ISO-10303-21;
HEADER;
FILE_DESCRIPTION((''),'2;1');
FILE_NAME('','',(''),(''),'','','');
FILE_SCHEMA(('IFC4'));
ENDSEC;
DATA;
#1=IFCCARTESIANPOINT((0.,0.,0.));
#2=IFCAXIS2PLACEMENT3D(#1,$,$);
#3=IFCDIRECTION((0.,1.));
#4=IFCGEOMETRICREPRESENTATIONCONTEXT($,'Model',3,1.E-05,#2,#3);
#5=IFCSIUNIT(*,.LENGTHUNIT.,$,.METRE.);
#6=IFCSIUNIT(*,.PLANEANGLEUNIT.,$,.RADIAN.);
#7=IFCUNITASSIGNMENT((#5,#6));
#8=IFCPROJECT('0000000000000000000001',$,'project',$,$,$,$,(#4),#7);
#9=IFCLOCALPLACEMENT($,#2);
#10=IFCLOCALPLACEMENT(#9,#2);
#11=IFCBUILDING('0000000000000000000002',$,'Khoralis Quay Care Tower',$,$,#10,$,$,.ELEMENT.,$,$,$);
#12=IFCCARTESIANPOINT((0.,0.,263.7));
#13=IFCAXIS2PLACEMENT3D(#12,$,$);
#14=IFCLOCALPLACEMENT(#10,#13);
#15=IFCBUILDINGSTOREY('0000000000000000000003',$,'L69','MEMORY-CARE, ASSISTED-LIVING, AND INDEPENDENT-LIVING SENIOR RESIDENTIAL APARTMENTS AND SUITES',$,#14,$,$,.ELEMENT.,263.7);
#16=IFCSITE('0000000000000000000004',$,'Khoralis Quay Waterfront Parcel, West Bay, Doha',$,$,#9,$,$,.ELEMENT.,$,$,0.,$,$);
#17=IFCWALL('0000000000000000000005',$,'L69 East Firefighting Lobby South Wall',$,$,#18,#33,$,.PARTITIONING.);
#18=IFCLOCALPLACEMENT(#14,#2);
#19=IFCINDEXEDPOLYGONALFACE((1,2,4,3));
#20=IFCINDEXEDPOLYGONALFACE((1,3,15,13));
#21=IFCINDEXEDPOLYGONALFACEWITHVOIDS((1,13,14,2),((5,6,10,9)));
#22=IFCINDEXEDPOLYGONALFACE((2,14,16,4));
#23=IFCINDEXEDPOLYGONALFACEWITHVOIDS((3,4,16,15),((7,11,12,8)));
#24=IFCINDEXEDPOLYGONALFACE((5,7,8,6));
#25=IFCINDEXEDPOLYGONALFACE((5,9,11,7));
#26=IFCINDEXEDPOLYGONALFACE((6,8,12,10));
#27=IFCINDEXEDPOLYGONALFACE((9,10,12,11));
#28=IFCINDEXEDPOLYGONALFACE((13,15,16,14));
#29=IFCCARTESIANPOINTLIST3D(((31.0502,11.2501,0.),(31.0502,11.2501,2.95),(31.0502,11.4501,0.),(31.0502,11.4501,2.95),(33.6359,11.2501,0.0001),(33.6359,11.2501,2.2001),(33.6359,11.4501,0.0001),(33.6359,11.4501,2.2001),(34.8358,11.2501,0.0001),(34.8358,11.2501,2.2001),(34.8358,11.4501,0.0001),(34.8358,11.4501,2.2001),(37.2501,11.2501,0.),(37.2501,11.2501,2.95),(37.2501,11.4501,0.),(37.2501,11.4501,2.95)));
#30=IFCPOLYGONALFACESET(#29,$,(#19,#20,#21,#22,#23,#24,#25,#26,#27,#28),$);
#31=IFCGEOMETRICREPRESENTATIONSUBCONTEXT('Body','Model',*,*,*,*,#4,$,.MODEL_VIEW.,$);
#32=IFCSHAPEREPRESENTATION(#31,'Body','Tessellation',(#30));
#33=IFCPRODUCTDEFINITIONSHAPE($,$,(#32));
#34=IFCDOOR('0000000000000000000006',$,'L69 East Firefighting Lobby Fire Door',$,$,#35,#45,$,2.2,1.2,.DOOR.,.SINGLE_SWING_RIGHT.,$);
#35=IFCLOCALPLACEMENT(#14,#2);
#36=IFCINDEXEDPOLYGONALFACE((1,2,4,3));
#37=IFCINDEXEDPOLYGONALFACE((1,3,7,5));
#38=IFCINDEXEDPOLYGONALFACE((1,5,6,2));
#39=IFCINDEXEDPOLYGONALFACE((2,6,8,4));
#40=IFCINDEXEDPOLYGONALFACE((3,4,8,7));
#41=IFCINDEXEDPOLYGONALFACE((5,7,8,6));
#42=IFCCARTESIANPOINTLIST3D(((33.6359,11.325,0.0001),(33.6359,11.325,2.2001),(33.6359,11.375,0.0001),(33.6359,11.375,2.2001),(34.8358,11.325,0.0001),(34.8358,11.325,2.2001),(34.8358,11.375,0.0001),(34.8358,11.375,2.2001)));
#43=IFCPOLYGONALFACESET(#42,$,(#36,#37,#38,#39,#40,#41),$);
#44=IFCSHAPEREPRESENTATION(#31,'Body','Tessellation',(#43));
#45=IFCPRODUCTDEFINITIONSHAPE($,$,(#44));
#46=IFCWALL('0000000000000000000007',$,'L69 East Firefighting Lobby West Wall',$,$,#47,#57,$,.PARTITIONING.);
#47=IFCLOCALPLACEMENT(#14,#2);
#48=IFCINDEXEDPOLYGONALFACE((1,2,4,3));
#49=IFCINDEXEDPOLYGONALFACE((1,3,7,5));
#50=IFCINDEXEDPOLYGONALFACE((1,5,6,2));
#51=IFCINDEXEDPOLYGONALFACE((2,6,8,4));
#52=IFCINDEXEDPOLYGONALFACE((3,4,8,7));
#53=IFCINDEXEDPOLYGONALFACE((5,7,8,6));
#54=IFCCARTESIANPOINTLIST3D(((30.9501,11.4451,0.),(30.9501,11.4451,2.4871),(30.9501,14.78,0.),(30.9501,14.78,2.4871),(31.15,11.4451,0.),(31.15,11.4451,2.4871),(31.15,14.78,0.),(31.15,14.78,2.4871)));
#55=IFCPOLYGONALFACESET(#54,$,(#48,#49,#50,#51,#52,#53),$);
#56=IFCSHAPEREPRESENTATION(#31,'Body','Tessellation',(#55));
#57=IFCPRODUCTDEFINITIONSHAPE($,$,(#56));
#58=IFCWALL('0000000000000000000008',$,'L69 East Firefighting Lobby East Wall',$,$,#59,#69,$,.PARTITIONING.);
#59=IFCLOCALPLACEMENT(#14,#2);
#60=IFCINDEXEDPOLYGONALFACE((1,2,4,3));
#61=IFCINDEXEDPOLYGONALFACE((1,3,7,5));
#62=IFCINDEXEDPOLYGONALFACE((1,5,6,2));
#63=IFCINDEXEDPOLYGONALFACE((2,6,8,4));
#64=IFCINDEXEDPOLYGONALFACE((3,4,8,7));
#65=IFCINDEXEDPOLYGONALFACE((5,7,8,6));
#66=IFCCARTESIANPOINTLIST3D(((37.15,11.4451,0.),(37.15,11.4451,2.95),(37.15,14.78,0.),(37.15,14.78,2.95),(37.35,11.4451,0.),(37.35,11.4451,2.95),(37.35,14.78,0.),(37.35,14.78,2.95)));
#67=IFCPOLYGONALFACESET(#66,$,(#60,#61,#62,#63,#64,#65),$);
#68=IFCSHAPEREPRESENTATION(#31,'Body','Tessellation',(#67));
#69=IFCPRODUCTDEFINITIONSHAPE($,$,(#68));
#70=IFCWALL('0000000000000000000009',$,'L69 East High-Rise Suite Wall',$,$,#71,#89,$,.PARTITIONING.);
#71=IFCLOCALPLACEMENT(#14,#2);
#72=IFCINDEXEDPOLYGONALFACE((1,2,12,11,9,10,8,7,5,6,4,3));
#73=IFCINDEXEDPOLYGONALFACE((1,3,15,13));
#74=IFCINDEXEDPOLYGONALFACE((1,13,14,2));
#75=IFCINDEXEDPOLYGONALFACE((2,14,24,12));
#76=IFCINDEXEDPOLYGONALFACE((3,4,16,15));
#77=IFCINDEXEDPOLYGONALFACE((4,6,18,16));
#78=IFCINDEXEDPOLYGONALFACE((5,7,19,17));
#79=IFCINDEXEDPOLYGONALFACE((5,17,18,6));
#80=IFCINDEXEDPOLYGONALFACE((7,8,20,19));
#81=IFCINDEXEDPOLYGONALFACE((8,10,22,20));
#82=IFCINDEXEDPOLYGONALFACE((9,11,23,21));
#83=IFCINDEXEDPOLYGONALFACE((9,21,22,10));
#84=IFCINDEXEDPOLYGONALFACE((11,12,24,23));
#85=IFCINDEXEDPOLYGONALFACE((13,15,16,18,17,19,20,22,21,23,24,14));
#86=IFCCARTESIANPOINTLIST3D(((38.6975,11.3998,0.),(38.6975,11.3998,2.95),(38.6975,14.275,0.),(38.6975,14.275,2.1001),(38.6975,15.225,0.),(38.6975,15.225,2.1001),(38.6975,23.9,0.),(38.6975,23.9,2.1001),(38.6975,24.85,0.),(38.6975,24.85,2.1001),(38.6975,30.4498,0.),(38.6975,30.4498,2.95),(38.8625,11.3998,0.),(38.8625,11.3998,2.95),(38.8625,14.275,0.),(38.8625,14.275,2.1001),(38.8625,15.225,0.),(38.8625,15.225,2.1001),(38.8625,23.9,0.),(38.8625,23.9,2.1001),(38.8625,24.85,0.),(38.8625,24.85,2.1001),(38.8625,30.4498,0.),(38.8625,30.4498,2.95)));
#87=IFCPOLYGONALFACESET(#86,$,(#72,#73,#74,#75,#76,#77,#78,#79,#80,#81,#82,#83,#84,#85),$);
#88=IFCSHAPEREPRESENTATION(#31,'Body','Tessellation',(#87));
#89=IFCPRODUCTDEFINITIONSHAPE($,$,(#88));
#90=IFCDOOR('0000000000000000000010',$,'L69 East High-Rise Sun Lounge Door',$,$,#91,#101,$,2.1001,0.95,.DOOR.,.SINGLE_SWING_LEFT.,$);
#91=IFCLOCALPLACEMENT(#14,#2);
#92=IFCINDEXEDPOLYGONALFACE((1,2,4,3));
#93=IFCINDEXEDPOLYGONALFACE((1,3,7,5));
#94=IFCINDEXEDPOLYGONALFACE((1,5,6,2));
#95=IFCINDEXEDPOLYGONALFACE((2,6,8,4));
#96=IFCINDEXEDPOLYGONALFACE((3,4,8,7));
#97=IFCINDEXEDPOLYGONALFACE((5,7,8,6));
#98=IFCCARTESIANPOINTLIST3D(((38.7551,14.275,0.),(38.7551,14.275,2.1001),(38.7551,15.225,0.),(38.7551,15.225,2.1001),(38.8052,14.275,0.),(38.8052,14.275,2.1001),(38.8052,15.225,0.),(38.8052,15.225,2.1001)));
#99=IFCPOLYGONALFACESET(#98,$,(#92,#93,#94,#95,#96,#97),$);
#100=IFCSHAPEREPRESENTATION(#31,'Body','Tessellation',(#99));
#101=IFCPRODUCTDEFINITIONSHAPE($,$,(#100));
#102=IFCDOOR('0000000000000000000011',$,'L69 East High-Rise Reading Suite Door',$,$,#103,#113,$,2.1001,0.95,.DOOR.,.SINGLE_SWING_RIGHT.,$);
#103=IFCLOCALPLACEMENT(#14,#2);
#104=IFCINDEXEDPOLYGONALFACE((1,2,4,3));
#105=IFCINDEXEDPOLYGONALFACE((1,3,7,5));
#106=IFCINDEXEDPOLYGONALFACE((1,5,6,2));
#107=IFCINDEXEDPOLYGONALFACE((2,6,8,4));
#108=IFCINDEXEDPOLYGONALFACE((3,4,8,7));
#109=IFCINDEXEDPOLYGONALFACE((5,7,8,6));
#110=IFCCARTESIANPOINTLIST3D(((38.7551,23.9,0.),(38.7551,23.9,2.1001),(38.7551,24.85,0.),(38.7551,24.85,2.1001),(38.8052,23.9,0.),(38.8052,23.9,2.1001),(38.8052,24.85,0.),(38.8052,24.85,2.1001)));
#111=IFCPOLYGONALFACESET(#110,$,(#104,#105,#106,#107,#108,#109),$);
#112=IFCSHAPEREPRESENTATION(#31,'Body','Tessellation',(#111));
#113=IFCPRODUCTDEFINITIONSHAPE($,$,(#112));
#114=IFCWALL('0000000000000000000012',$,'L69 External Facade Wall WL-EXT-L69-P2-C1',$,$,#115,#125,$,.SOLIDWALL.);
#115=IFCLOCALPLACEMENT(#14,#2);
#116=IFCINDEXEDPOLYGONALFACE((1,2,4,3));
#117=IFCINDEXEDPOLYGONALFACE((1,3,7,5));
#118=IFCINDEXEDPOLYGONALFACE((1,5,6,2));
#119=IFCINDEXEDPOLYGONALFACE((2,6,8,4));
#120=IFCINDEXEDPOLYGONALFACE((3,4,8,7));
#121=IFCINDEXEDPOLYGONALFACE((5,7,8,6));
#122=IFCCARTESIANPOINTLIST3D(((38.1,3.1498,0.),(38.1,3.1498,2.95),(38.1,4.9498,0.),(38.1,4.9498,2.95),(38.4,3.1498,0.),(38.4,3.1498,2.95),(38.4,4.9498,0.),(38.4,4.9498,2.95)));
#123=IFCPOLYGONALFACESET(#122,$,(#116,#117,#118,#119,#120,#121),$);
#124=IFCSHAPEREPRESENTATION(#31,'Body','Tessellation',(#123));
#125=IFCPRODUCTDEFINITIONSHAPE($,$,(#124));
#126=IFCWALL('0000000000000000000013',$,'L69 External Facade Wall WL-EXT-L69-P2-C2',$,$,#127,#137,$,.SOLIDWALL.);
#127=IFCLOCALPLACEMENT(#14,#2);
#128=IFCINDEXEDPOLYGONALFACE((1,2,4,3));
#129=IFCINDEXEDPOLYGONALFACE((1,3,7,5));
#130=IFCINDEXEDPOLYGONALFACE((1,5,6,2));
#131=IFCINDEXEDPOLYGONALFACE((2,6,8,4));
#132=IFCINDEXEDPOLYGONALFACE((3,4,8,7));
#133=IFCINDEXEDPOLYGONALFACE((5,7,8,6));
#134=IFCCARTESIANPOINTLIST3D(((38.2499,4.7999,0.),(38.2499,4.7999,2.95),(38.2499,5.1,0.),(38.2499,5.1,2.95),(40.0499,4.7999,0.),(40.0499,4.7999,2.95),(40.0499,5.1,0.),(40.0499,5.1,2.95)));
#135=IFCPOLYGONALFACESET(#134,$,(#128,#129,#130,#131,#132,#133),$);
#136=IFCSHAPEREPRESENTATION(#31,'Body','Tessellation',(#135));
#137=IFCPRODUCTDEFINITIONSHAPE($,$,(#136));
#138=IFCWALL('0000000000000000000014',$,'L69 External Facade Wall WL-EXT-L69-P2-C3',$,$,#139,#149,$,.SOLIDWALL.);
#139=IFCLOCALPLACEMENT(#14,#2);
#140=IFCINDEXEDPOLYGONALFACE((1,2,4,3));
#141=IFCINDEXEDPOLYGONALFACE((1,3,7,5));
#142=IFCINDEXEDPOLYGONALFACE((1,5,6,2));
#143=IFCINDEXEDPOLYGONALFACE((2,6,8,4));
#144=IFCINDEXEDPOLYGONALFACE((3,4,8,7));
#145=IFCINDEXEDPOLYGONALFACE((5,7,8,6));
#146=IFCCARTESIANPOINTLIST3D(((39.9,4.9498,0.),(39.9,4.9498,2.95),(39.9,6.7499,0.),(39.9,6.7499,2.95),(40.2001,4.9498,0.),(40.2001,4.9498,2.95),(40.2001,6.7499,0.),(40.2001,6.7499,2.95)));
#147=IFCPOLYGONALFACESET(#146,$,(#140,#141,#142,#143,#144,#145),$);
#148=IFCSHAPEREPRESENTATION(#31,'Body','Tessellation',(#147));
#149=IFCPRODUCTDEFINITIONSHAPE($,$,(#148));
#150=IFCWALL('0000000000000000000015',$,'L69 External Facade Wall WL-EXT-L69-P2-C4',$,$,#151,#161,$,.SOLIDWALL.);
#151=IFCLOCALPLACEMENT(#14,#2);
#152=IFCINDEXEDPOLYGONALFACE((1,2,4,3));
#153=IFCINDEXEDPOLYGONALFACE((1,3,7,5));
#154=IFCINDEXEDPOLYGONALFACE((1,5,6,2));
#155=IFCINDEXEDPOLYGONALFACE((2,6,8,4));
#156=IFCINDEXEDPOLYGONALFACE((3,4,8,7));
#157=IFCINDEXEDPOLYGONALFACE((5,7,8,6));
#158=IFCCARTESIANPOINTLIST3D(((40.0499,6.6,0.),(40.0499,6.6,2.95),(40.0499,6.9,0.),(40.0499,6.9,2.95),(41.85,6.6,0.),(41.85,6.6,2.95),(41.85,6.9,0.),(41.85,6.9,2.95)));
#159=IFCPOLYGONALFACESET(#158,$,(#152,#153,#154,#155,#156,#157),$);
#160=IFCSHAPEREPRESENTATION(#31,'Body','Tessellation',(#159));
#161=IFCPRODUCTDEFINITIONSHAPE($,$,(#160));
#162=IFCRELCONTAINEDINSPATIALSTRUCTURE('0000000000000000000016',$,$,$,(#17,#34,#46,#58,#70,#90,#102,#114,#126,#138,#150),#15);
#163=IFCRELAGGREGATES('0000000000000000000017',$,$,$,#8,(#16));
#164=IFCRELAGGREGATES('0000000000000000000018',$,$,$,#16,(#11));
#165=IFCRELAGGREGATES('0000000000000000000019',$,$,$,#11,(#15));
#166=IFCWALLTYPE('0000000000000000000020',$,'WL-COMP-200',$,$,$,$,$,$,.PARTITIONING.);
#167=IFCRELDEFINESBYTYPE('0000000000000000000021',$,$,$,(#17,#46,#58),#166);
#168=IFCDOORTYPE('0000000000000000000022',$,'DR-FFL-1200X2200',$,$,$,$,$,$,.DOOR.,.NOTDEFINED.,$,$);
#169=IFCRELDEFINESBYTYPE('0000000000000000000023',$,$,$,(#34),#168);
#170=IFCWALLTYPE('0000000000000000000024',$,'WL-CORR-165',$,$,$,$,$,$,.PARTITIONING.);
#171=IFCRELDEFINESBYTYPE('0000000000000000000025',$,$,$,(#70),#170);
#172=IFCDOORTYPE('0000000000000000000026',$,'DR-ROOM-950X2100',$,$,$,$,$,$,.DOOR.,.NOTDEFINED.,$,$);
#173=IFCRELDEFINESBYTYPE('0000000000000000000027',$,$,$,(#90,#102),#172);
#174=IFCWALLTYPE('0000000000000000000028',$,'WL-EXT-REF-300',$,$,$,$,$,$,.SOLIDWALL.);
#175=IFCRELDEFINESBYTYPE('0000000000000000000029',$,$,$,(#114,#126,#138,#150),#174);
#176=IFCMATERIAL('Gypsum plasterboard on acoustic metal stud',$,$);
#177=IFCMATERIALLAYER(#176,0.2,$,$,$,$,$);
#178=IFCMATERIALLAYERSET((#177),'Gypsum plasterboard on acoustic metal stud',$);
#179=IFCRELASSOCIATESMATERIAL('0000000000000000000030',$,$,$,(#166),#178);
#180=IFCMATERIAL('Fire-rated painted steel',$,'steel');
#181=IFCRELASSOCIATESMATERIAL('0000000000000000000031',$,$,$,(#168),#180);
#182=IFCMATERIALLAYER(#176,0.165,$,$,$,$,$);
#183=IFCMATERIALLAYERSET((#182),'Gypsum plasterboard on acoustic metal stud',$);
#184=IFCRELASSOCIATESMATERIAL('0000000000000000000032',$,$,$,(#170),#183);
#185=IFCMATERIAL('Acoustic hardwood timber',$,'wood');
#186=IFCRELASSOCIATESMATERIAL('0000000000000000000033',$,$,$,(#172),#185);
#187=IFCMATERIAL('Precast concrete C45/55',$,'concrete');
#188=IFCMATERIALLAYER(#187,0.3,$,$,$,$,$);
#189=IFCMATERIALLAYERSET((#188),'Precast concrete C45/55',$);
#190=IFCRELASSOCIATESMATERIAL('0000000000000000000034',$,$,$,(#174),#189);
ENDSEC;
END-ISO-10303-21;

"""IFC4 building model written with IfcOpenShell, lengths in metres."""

from ifc_helpers import new_model, si_unit, direction, frame, frame_2d, origin, place, context, subcontext, project, spatial, rectangle, extrude, source, transform, mapped, material, layer, layer_set, type_object, element, fill, save


model = new_model("IFC4")

# Units and contexts
model_context = context("Model", 3, precision=1e-05, world=origin(), true_north=direction((0.0, 1.0)))
body_context = subcontext(model_context, "Body", "Model", "MODEL_VIEW")
ifc_project = project(units=[si_unit("LENGTHUNIT", "METRE"), si_unit("PLANEANGLEUNIT", "RADIAN")], contexts=[model_context])

# Site, building, storey
site_placement = place(None, origin())
site = spatial("IfcSite", under=ifc_project, at=site_placement, Name="Khoralis Quay Waterfront Parcel, West Bay, Doha", CompositionType="ELEMENT", RefElevation=0.0)
building_placement = place(site_placement, origin())
building = spatial("IfcBuilding", under=site, at=building_placement, Name="Khoralis Quay Care Tower", CompositionType="ELEMENT")
storey_placement = place(building_placement, frame((0.0, 0.0, 263.7)))
storey = spatial("IfcBuildingStorey", under=building, at=storey_placement, Name="L69", Description="MEMORY-CARE, ASSISTED-LIVING, AND INDEPENDENT-LIVING SENIOR RESIDENTIAL APARTMENTS AND SUITES", CompositionType="ELEMENT", Elevation=263.7)

# Wall, opening, door
ifc_material_1 = material(Name="Gypsum plasterboard on acoustic metal stud")
ifc_layer_1 = layer(ifc_material_1, 0.2)
ifc_layer_set_1 = layer_set([ifc_layer_1], Name="Gypsum plasterboard on acoustic metal stud")
wall_type_1 = type_object("IfcWallType", Name="WL-COMP-200", PredefinedType="PARTITIONING", material=ifc_layer_set_1)
wall_1_placement = place(storey_placement, frame((31.05, 11.3501, 0.0), z_axis=(0.0, 0.0, 1.0), x_axis=(1.0, 0.0, 0.0)))
wall_1 = element("IfcWall", 1, at=wall_1_placement, inside=storey, type_object=wall_type_1, Name="L69 East Firefighting Lobby South Wall", PredefinedType="PARTITIONING", context=body_context, shape_type="SweptSolid", body=[
    extrude(rectangle(XDim=6.2, YDim=0.2, at=frame_2d((3.1001, 0.0))), origin(), (0.0, 0.0, 1.0), 2.95),
])
opening_1_placement = place(wall_1_placement, frame((2.5857, 0.0, 0.0)))
opening_1 = element("IfcOpeningElement", 2, at=opening_1_placement, cuts=wall_1, PredefinedType="OPENING", context=body_context, shape_type="SweptSolid", body=[
    extrude(rectangle(XDim=1.2, YDim=2.2, at=frame_2d((0.6001, 1.1001))), frame((0.0, 0.1099, 0.0), z_axis=(0.0, -1.0, 0.0), x_axis=(1.0, 0.0, 0.0)), (0.0, 0.0, 1.0), 0.22),
])
ifc_material_2 = material(Name="Fire-rated painted steel", Category="steel")
door_type_1 = type_object("IfcDoorType", Name="DR-FFL-1200X2200", OperationType="NOTDEFINED", PredefinedType="DOOR", material=ifc_material_2)
shared_shape_1 = source(origin(), body_context, "Body", "SweptSolid", [
    extrude(rectangle(XDim=1.2, YDim=2.2, at=frame_2d((0.6001, 1.1001))), frame((0.0, 0.0249, 0.0), z_axis=(0.0, -1.0, 0.0), x_axis=(1.0, 0.0, 0.0)), (0.0, 0.0, 1.0), 0.05),
])
door_1_placement = place(opening_1_placement, origin())
door_1 = element("IfcDoor", 3, at=door_1_placement, inside=storey, type_object=door_type_1, Name="L69 East Firefighting Lobby Fire Door", OperationType="SINGLE_SWING_RIGHT", OverallHeight=2.2, OverallWidth=1.2, PredefinedType="DOOR", context=body_context, shape_type="MappedRepresentation", body=[
    mapped(shared_shape_1, transform((0.0, 0.0, 0.0), scale=1.0)),
])
fill(opening_1, door_1)

# Walls
wall_2_placement = place(storey_placement, frame((31.05, 11.4451, 0.0), z_axis=(0.0, 0.0, 1.0), x_axis=(0.0, 1.0, 0.0)))
element("IfcWall", 4, at=wall_2_placement, inside=storey, type_object=wall_type_1, Name="L69 East Firefighting Lobby West Wall", PredefinedType="PARTITIONING", context=body_context, shape_type="SweptSolid", body=[
    extrude(rectangle(XDim=3.335, YDim=0.2, at=frame_2d((1.6675, 0.0))), origin(), (0.0, 0.0, 1.0), 2.4871),
])
wall_3_placement = place(storey_placement, frame((37.25, 11.4451, 0.0), z_axis=(0.0, 0.0, 1.0), x_axis=(0.0, 1.0, 0.0)))
element("IfcWall", 5, at=wall_3_placement, inside=storey, type_object=wall_type_1, Name="L69 East Firefighting Lobby East Wall", PredefinedType="PARTITIONING", context=body_context, shape_type="SweptSolid", body=[
    extrude(rectangle(XDim=3.335, YDim=0.2, at=frame_2d((1.6675, 0.0))), origin(), (0.0, 0.0, 1.0), 2.95),
])

# Wall, openings, doors
ifc_layer_2 = layer(ifc_material_1, 0.165)
ifc_layer_set_2 = layer_set([ifc_layer_2], Name="Gypsum plasterboard on acoustic metal stud")
wall_type_2 = type_object("IfcWallType", Name="WL-CORR-165", PredefinedType="PARTITIONING", material=ifc_layer_set_2)
wall_4_placement = place(storey_placement, frame((38.78, 11.3999, 0.0), z_axis=(0.0, 0.0, 1.0), x_axis=(0.0, 1.0, 0.0)))
wall_4 = element("IfcWall", 6, at=wall_4_placement, inside=storey, type_object=wall_type_2, Name="L69 East High-Rise Suite Wall", PredefinedType="PARTITIONING", context=body_context, shape_type="SweptSolid", body=[
    extrude(rectangle(XDim=19.05, YDim=0.165, at=frame_2d((9.5249, 0.0))), origin(), (0.0, 0.0, 1.0), 2.95),
])
opening_2_placement = place(wall_4_placement, frame((2.875, 0.0, 0.0)))
opening_2 = element("IfcOpeningElement", 7, at=opening_2_placement, cuts=wall_4, PredefinedType="OPENING", context=body_context, shape_type="SweptSolid", body=[
    extrude(rectangle(XDim=0.95, YDim=2.1001, at=frame_2d((0.4751, 1.05))), frame((0.0, 0.0925, 0.0), z_axis=(0.0, -1.0, 0.0), x_axis=(1.0, 0.0, 0.0)), (0.0, 0.0, 1.0), 0.1851),
])
opening_3_placement = place(wall_4_placement, frame((12.5, 0.0, 0.0)))
opening_3 = element("IfcOpeningElement", 8, at=opening_3_placement, cuts=wall_4, PredefinedType="OPENING", context=body_context, shape_type="SweptSolid", body=[
    extrude(rectangle(XDim=0.95, YDim=2.1001, at=frame_2d((0.4751, 1.05))), frame((0.0, 0.0925, 0.0), z_axis=(0.0, -1.0, 0.0), x_axis=(1.0, 0.0, 0.0)), (0.0, 0.0, 1.0), 0.1851),
])
ifc_material_3 = material(Name="Acoustic hardwood timber", Category="wood")
door_type_2 = type_object("IfcDoorType", Name="DR-ROOM-950X2100", OperationType="NOTDEFINED", PredefinedType="DOOR", material=ifc_material_3)
shared_shape_2 = source(origin(), body_context, "Body", "SweptSolid", [
    extrude(rectangle(XDim=0.95, YDim=2.1001, at=frame_2d((0.4751, 1.05))), frame((0.0, 0.0249, 0.0), z_axis=(0.0, -1.0, 0.0), x_axis=(1.0, 0.0, 0.0)), (0.0, 0.0, 1.0), 0.05),
])
door_2_placement = place(opening_2_placement, origin())
door_2 = element("IfcDoor", 9, at=door_2_placement, inside=storey, type_object=door_type_2, Name="L69 East High-Rise Sun Lounge Door", OperationType="SINGLE_SWING_LEFT", OverallHeight=2.1001, OverallWidth=0.95, PredefinedType="DOOR", context=body_context, shape_type="MappedRepresentation", body=[
    mapped(shared_shape_2, transform((0.0, 0.0, 0.0), scale=1.0)),
])
fill(opening_2, door_2)
door_3_placement = place(opening_3_placement, origin())
door_3 = element("IfcDoor", 10, at=door_3_placement, inside=storey, type_object=door_type_2, Name="L69 East High-Rise Reading Suite Door", OperationType="SINGLE_SWING_RIGHT", OverallHeight=2.1001, OverallWidth=0.95, PredefinedType="DOOR", context=body_context, shape_type="MappedRepresentation", body=[
    mapped(shared_shape_2, transform((0.0, 0.0, 0.0), scale=1.0)),
])
fill(opening_3, door_3)

# Walls
ifc_material_4 = material(Name="Precast concrete C45/55", Category="concrete")
ifc_layer_3 = layer(ifc_material_4, 0.3)
ifc_layer_set_3 = layer_set([ifc_layer_3], Name="Precast concrete C45/55")
wall_type_3 = type_object("IfcWallType", Name="WL-EXT-REF-300", PredefinedType="SOLIDWALL", material=ifc_layer_set_3)
for number, where, z_axis, x_axis, name in (
    (11, (38.25, 3.1499, 0.0), (0.0, 0.0, 1.0), (0.0, 1.0, 0.0), "L69 External Facade Wall WL-EXT-L69-P2-C1"),
    (12, (38.25, 4.95, 0.0), (0.0, 0.0, 1.0), (1.0, 0.0, 0.0), "L69 External Facade Wall WL-EXT-L69-P2-C2"),
    (13, (40.05, 4.95, 0.0), (0.0, 0.0, 1.0), (0.0, 1.0, 0.0), "L69 External Facade Wall WL-EXT-L69-P2-C3"),
    (14, (40.05, 6.75, 0.0), (0.0, 0.0, 1.0), (1.0, 0.0, 0.0), "L69 External Facade Wall WL-EXT-L69-P2-C4"),
):
    element("IfcWall", number, at=place(storey_placement, frame(where, z_axis=z_axis, x_axis=x_axis)), inside=storey, type_object=wall_type_3, Name=name, PredefinedType="SOLIDWALL", context=body_context, shape_type="SweptSolid", body=[
        extrude(rectangle(XDim=1.8, YDim=0.3, at=frame_2d((0.8999, 0.0))), origin(), (0.0, 0.0, 1.0), 2.95),
    ])

save(model, "model.ifc")
